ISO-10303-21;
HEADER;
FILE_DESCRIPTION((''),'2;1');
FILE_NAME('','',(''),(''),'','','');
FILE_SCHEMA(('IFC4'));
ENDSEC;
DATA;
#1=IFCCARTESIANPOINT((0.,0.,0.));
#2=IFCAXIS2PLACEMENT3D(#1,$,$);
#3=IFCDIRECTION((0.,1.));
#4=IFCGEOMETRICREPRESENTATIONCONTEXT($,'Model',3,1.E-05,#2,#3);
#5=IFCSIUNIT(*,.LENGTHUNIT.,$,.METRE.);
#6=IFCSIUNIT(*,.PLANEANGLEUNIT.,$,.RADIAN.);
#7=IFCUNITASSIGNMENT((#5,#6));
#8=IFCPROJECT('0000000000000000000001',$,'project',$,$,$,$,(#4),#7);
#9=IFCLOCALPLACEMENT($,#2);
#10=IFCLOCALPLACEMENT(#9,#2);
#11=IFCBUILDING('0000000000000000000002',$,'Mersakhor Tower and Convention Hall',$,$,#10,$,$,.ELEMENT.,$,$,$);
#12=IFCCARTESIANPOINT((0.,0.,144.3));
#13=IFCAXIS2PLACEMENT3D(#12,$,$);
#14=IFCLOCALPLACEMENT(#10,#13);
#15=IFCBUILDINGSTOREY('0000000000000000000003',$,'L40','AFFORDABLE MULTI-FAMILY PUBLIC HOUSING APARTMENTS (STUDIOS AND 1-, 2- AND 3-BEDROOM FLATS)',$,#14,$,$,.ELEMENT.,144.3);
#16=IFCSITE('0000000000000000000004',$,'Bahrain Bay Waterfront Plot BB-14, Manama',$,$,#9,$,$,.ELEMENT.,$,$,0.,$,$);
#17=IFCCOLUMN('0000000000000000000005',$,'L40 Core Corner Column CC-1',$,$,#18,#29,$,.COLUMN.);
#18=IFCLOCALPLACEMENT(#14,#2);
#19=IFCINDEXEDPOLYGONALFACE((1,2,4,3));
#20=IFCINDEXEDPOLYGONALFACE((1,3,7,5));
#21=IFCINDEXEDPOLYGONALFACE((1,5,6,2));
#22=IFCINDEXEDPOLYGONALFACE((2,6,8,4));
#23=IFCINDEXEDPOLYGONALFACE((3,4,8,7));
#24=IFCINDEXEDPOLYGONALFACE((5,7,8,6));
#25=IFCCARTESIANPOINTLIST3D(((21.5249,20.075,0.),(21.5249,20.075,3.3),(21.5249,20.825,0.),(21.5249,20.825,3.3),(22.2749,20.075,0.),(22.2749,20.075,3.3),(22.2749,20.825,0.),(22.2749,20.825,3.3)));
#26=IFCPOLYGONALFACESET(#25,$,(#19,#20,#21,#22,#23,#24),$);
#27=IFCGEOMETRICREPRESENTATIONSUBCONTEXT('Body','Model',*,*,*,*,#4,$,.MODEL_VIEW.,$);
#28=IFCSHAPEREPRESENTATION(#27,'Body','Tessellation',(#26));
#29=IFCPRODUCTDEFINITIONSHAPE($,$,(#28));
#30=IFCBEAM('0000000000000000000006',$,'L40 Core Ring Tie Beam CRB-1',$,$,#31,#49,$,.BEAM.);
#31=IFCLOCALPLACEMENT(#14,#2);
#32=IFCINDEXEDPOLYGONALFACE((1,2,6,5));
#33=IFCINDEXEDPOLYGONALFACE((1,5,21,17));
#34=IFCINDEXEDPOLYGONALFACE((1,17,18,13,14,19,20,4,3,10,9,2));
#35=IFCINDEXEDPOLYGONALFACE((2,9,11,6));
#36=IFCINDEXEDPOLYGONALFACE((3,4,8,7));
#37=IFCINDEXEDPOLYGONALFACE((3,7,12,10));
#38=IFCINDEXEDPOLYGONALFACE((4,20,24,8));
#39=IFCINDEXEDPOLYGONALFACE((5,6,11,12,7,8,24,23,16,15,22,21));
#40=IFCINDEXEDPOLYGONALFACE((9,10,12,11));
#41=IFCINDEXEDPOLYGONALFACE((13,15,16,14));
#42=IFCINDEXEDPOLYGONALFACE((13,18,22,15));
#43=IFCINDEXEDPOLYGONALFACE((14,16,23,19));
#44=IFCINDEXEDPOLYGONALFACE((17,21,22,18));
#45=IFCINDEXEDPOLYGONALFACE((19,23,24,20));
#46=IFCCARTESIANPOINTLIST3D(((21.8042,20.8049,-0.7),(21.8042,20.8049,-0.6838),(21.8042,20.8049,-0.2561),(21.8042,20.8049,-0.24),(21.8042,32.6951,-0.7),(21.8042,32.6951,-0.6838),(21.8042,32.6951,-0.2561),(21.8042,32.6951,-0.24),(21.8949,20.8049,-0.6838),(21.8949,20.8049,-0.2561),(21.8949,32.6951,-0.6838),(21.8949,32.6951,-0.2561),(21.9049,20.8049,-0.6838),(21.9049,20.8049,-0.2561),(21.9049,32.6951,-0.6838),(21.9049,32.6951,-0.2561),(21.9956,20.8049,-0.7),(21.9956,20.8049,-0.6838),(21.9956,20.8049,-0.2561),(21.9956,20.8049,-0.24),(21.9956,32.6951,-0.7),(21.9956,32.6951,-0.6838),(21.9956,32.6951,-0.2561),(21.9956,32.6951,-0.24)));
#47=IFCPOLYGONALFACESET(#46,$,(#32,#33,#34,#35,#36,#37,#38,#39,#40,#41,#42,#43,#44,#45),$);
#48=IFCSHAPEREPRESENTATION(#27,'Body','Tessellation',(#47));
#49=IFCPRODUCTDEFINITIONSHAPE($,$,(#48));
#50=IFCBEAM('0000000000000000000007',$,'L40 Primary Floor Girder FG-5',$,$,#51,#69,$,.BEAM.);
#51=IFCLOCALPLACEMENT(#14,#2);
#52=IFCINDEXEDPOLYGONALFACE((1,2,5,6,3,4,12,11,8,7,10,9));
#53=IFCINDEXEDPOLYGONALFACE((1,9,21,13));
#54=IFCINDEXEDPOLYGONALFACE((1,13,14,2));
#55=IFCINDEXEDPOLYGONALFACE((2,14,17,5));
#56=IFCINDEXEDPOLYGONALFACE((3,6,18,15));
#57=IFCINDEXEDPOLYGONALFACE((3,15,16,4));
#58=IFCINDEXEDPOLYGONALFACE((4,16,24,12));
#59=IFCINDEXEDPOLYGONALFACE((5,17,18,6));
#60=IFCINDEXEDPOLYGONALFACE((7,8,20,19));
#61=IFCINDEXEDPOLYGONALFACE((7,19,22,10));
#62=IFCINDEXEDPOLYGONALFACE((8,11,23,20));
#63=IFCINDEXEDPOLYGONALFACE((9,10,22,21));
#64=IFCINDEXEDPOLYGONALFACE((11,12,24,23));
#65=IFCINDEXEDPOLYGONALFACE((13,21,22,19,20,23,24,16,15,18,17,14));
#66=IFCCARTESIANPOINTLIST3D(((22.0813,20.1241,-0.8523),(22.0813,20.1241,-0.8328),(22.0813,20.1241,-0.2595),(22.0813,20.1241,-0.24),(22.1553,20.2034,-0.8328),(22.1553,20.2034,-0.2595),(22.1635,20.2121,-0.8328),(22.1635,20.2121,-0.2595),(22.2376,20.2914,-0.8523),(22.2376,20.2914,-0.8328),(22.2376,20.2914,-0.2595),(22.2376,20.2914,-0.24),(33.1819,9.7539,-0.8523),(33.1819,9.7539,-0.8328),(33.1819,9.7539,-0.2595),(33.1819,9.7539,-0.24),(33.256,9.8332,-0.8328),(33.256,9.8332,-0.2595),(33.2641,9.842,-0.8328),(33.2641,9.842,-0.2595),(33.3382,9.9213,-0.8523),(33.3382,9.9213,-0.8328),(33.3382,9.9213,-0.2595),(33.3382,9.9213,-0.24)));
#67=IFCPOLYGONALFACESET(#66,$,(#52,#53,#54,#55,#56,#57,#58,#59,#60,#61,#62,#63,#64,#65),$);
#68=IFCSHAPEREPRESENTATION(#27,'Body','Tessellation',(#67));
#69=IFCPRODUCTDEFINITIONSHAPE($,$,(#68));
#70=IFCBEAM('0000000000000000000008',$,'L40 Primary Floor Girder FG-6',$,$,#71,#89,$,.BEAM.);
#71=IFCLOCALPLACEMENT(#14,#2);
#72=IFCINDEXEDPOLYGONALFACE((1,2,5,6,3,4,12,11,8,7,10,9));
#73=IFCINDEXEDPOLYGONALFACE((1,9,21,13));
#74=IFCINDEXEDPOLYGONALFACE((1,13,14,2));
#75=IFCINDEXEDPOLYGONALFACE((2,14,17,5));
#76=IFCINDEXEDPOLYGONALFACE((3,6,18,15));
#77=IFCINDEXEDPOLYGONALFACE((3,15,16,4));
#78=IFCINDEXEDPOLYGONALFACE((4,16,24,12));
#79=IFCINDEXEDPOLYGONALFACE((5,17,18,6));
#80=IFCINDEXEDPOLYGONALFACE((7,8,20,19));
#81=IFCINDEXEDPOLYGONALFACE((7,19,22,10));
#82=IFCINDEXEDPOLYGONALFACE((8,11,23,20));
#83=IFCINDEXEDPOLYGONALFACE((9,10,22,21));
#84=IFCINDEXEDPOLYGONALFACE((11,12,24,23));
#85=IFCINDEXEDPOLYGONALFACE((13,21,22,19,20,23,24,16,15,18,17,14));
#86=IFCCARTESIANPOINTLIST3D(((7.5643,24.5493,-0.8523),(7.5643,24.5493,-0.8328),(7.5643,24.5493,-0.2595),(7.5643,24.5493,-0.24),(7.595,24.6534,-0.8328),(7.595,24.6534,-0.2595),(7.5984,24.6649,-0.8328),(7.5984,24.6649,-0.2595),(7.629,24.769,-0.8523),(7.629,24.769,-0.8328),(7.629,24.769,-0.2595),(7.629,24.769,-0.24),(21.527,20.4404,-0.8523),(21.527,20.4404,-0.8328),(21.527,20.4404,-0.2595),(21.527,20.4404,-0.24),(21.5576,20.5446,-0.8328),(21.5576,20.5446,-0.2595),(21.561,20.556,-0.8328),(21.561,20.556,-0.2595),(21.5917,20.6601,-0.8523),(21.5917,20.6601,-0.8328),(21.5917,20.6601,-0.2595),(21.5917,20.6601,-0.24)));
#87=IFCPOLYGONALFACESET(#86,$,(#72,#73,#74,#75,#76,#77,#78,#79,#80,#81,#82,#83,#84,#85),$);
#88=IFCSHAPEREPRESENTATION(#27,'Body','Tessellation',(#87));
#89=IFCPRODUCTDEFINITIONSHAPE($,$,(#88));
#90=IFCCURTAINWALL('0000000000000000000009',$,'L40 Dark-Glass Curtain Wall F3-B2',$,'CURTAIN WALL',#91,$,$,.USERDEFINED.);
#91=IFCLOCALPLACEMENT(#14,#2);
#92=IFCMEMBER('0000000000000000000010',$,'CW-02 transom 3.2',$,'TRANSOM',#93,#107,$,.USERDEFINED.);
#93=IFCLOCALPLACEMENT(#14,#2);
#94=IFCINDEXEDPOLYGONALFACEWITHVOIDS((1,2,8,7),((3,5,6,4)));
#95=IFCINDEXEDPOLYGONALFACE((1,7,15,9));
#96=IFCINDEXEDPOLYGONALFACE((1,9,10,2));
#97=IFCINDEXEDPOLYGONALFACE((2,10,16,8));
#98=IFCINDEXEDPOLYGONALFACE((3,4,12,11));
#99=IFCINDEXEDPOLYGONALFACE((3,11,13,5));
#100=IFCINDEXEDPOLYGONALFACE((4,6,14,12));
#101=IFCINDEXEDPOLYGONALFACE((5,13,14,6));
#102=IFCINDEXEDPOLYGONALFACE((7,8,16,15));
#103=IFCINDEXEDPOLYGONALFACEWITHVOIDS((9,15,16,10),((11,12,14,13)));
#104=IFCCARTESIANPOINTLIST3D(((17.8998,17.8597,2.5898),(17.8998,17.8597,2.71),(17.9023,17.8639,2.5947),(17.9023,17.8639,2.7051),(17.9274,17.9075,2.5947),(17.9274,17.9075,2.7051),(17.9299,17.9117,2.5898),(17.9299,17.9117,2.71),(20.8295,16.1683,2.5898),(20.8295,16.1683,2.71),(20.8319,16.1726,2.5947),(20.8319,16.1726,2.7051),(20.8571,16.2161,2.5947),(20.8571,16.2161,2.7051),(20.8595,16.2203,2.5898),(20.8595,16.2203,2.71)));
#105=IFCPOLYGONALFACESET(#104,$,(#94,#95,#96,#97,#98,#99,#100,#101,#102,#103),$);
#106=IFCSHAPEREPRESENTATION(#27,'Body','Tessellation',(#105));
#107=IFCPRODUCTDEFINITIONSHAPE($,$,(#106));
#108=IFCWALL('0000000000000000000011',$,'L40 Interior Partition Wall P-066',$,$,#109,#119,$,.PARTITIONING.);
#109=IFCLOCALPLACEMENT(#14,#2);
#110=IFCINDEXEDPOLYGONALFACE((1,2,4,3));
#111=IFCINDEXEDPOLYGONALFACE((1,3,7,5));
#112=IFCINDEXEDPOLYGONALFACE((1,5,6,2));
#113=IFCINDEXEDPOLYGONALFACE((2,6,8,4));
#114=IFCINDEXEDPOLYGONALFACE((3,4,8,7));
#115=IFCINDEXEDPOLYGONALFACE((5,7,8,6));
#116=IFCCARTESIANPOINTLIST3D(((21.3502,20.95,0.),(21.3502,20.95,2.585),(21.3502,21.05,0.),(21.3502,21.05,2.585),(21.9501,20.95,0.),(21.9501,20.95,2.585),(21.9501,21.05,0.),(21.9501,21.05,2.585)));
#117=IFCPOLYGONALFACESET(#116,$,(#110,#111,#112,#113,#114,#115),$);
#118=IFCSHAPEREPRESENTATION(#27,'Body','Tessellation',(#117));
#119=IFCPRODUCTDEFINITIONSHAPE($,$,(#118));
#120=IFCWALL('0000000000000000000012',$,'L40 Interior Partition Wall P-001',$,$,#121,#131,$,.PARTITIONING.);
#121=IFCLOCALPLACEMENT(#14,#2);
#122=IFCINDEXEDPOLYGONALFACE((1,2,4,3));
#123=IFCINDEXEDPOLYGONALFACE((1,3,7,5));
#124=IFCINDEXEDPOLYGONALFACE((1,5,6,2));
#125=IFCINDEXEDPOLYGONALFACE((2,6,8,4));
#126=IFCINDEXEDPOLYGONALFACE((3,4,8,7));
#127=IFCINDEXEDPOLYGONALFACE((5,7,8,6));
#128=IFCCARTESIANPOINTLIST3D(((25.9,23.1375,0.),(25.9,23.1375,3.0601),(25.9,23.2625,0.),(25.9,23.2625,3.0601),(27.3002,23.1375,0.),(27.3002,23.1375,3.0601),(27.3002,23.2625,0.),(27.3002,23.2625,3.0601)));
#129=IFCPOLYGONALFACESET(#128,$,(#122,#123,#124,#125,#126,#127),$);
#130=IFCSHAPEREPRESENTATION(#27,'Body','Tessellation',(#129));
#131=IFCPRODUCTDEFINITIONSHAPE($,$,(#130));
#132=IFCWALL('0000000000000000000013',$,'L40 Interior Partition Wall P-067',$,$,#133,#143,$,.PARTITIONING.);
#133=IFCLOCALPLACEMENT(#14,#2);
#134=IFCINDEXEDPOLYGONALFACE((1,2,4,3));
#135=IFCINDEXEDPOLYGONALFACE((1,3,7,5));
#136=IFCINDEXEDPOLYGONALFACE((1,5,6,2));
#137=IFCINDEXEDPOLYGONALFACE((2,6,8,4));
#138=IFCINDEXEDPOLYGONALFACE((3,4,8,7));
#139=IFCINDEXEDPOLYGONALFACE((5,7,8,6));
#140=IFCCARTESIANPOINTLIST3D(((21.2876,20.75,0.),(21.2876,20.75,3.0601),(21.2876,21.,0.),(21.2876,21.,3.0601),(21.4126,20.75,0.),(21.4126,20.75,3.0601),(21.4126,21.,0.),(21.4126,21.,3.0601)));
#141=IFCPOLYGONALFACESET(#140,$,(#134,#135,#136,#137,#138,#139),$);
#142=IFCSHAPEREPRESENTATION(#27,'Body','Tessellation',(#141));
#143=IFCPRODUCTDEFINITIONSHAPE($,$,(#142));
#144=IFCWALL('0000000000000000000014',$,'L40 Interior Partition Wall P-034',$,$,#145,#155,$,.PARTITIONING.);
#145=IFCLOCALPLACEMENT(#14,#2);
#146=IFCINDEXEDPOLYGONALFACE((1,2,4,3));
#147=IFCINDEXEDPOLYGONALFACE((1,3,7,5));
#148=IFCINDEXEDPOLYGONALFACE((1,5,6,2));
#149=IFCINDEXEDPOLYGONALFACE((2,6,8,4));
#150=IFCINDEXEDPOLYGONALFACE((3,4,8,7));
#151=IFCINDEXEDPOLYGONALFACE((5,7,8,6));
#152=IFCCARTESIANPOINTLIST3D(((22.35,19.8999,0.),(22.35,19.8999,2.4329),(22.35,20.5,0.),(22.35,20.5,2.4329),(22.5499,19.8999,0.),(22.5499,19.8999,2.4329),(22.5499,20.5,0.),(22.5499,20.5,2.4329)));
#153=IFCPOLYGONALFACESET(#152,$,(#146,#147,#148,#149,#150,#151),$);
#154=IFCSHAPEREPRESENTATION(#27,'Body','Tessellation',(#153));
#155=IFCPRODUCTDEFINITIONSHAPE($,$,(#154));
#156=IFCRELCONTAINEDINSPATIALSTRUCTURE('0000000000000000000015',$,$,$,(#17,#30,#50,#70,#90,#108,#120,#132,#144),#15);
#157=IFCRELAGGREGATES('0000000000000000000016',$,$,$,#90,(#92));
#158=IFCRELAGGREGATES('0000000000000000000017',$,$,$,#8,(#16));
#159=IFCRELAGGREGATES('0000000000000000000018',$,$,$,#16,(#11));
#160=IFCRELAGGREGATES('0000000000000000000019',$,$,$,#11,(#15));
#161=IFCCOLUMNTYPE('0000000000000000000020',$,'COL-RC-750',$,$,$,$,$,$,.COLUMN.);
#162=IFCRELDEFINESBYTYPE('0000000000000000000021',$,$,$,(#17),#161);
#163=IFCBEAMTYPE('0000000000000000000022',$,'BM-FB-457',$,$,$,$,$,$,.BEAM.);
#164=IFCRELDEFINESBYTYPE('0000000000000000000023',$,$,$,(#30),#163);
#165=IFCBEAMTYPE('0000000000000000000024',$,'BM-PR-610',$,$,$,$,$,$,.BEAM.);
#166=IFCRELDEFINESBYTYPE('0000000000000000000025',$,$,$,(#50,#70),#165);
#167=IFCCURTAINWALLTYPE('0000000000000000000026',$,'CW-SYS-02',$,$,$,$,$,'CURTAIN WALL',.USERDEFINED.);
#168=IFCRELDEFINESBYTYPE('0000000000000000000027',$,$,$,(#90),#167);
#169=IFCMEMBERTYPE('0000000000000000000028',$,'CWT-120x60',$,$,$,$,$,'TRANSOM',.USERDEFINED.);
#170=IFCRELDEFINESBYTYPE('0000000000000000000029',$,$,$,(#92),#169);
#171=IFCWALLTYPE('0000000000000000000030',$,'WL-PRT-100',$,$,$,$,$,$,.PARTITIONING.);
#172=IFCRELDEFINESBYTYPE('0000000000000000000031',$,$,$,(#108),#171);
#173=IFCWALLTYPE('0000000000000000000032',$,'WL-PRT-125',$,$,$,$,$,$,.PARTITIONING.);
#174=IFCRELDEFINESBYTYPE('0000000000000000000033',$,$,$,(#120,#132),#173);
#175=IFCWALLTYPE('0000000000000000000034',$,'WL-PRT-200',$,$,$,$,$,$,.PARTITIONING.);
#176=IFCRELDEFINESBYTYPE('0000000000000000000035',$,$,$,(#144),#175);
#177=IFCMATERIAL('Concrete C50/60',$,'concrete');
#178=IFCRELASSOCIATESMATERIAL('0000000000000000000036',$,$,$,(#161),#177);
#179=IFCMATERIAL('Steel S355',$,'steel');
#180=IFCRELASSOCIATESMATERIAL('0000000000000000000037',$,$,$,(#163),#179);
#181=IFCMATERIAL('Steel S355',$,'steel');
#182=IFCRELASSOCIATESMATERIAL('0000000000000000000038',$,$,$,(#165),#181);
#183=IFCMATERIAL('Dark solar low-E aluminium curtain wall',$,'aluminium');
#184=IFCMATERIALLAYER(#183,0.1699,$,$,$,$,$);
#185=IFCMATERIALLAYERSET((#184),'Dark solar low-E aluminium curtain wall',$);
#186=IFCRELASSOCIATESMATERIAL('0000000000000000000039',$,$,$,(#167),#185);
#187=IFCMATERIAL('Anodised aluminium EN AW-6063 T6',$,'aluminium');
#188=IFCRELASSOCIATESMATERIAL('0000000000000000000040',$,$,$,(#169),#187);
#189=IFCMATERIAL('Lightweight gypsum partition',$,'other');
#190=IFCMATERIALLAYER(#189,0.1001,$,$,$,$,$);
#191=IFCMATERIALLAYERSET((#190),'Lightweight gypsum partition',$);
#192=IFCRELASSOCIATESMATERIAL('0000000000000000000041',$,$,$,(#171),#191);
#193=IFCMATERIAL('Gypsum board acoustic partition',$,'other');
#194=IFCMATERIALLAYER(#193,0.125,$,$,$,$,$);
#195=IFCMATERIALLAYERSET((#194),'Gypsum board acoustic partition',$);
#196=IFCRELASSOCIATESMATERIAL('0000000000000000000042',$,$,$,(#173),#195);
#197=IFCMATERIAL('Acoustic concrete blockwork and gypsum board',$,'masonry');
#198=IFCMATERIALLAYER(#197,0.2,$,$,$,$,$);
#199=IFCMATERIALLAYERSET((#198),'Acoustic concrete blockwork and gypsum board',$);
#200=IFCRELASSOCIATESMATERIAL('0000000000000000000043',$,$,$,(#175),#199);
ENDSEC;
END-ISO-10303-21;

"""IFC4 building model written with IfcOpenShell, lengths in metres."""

from ifc_helpers import new_model, si_unit, direction, frame, frame_2d, origin, origin_2d, place, context, subcontext, project, spatial, rectangle, hollow_rectangle, i_section, extrude, material, layer, layer_set, material_profile, profile_set, type_object, element, aggregate, save


model = new_model("IFC4")

# Units and contexts
model_context = context("Model", 3, precision=1e-05, world=origin(), true_north=direction((0.0, 1.0)))
body_context = subcontext(model_context, "Body", "Model", "MODEL_VIEW")
ifc_project = project(units=[si_unit("LENGTHUNIT", "METRE"), si_unit("PLANEANGLEUNIT", "RADIAN")], contexts=[model_context])

# Site, building, storey
site_placement = place(None, origin())
site = spatial("IfcSite", under=ifc_project, at=site_placement, Name="Bahrain Bay Waterfront Plot BB-14, Manama", CompositionType="ELEMENT", RefElevation=0.0)
building_placement = place(site_placement, origin())
building = spatial("IfcBuilding", under=site, at=building_placement, Name="Mersakhor Tower and Convention Hall", CompositionType="ELEMENT")
storey_placement = place(building_placement, frame((0.0, 0.0, 144.3)))
storey = spatial("IfcBuildingStorey", under=building, at=storey_placement, Name="L40", Description="AFFORDABLE MULTI-FAMILY PUBLIC HOUSING APARTMENTS (STUDIOS AND 1-, 2- AND 3-BEDROOM FLATS)", CompositionType="ELEMENT", Elevation=144.3)

# Column
ifc_material_1 = material(Name="Concrete C50/60", Category="concrete")
ifc_material_profile_1 = material_profile(ifc_material_1, rectangle(XDim=0.75, YDim=0.75, at=origin_2d()), Name="RC 750x750")
ifc_profile_set_1 = profile_set([ifc_material_profile_1], Name="Concrete C50/60")
column_type = type_object("IfcColumnType", Name="COL-RC-750", PredefinedType="COLUMN", material=ifc_profile_set_1)
column_placement = place(storey_placement, frame((21.8999, 20.45, 0.0), z_axis=(0.0, 0.0, 1.0), x_axis=(1.0, 0.0, 0.0)))
element("IfcColumn", 1, at=column_placement, inside=storey, type_object=column_type, Name="L40 Core Corner Column CC-1", PredefinedType="COLUMN", context=body_context, shape_type="SweptSolid", body=[
    extrude(rectangle(XDim=0.75, YDim=0.75, at=origin_2d()), origin(), (0.0, 0.0, 1.0), 3.3),
])

# Beams
ifc_material_2 = material(Name="Steel S355", Category="steel")
ifc_material_profile_2 = material_profile(ifc_material_2, i_section(OverallWidth=0.1914, OverallDepth=0.46, WebThickness=0.01, FlangeThickness=0.0161, at=origin_2d()), Name="UB 457x191x82")
ifc_profile_set_2 = profile_set([ifc_material_profile_2], Name="Steel S355")
beam_type_1 = type_object("IfcBeamType", Name="BM-FB-457", PredefinedType="BEAM", material=ifc_profile_set_2)
beam_1_placement = place(storey_placement, frame((21.8999, 20.8049, -0.47), z_axis=(0.0, 1.0, 0.0), x_axis=(-1.0, 0.0, 0.0)))
element("IfcBeam", 2, at=beam_1_placement, inside=storey, type_object=beam_type_1, Name="L40 Core Ring Tie Beam CRB-1", PredefinedType="BEAM", context=body_context, shape_type="SweptSolid", body=[
    extrude(i_section(OverallWidth=0.1914, OverallDepth=0.46, WebThickness=0.01, FlangeThickness=0.0161, at=origin_2d()), origin(), (0.0, 0.0, 1.0), 11.8901),
])
ifc_material_3 = material(Name="Steel S355", Category="steel")
ifc_material_profile_3 = material_profile(ifc_material_3, i_section(OverallWidth=0.229, OverallDepth=0.6123, WebThickness=0.012, FlangeThickness=0.0195, at=origin_2d()), Name="UB 610x229x125")
ifc_profile_set_3 = profile_set([ifc_material_profile_3], Name="Steel S355")
beam_type_2 = type_object("IfcBeamType", Name="BM-PR-610", PredefinedType="BEAM", material=ifc_profile_set_3)
beam_2_placement = place(storey_placement, frame((22.1594, 20.2078, -0.5461), z_axis=(0.730741, -0.682655, 0.0), x_axis=(0.682655, 0.730741, 0.0)))
element("IfcBeam", 3, at=beam_2_placement, inside=storey, type_object=beam_type_2, Name="L40 Primary Floor Girder FG-5", PredefinedType="BEAM", context=body_context, shape_type="SweptSolid", body=[
    extrude(i_section(OverallWidth=0.229, OverallDepth=0.6123, WebThickness=0.012, FlangeThickness=0.0195, at=origin_2d()), origin(), (0.0, 0.0, 1.0), 15.1909),
])
beam_3_placement = place(storey_placement, frame((21.5593, 20.5503, -0.5461), z_axis=(-0.959324, 0.282307, 0.0), x_axis=(-0.282307, -0.959324, 0.0)))
element("IfcBeam", 4, at=beam_3_placement, inside=storey, type_object=beam_type_2, Name="L40 Primary Floor Girder FG-6", PredefinedType="BEAM", context=body_context, shape_type="SweptSolid", body=[
    extrude(i_section(OverallWidth=0.229, OverallDepth=0.6123, WebThickness=0.012, FlangeThickness=0.0195, at=origin_2d()), origin(), (0.0, 0.0, 1.0), 14.5547),
])

# Curtain wall, member
ifc_material_4 = material(Name="Dark solar low-E aluminium curtain wall", Category="aluminium")
ifc_layer_1 = layer(ifc_material_4, 0.1699)
ifc_layer_set_1 = layer_set([ifc_layer_1], Name="Dark solar low-E aluminium curtain wall")
curtain_wall_type = type_object("IfcCurtainWallType", Name="CW-SYS-02", ElementType="CURTAIN WALL", PredefinedType="USERDEFINED", material=ifc_layer_set_1)
curtain_wall_placement = place(storey_placement, origin())
curtain_wall = element("IfcCurtainWall", 5, at=curtain_wall_placement, inside=storey, type_object=curtain_wall_type, Name="L40 Dark-Glass Curtain Wall F3-B2", ObjectType="CURTAIN WALL", PredefinedType="USERDEFINED")
ifc_material_5 = material(Name="Anodised aluminium EN AW-6063 T6", Category="aluminium")
ifc_material_profile_4 = material_profile(ifc_material_5, hollow_rectangle(XDim=0.0601, YDim=0.1201, WallThickness=0.0049, at=origin_2d()), Name="RHS 120x60x5")
ifc_profile_set_4 = profile_set([ifc_material_profile_4], Name="Anodised aluminium EN AW-6063 T6")
member_type = type_object("IfcMemberType", Name="CWT-120x60", ElementType="TRANSOM", PredefinedType="USERDEFINED", material=ifc_profile_set_4)
member_placement = place(storey_placement, frame((20.8445, 16.1943, 2.6499), z_axis=(-0.866032, 0.499989, 0.0), x_axis=(-0.499989, -0.866032, 0.0)))
member = element("IfcMember", 6, at=member_placement, type_object=member_type, Name="CW-02 transom 3.2", ObjectType="TRANSOM", PredefinedType="USERDEFINED", context=body_context, shape_type="SweptSolid", body=[
    extrude(hollow_rectangle(XDim=0.0601, YDim=0.1201, WallThickness=0.0049, at=origin_2d()), origin(), (0.0, 0.0, 1.0), 3.3828),
])
aggregate(curtain_wall, [member])

# Walls
ifc_material_6 = material(Name="Lightweight gypsum partition", Category="other")
ifc_layer_2 = layer(ifc_material_6, 0.1001)
ifc_layer_set_2 = layer_set([ifc_layer_2], Name="Lightweight gypsum partition")
wall_type_1 = type_object("IfcWallType", Name="WL-PRT-100", PredefinedType="PARTITIONING", material=ifc_layer_set_2)
wall_1_placement = place(storey_placement, frame((21.95, 21.0, 0.0), z_axis=(0.0, 0.0, 1.0), x_axis=(-1.0, 0.0, 0.0)))
element("IfcWall", 7, at=wall_1_placement, inside=storey, type_object=wall_type_1, Name="L40 Interior Partition Wall P-066", PredefinedType="PARTITIONING", context=body_context, shape_type="SweptSolid", body=[
    extrude(rectangle(XDim=0.5999, YDim=0.1001, at=frame_2d((0.2998, 0.0))), origin(), (0.0, 0.0, 1.0), 2.585),
])
ifc_material_7 = material(Name="Gypsum board acoustic partition", Category="other")
ifc_layer_3 = layer(ifc_material_7, 0.125)
ifc_layer_set_3 = layer_set([ifc_layer_3], Name="Gypsum board acoustic partition")
wall_type_2 = type_object("IfcWallType", Name="WL-PRT-125", PredefinedType="PARTITIONING", material=ifc_layer_set_3)
wall_2_placement = place(storey_placement, frame((25.8999, 23.2, 0.0), z_axis=(0.0, 0.0, 1.0), x_axis=(1.0, 0.0, 0.0)))
element("IfcWall", 8, at=wall_2_placement, inside=storey, type_object=wall_type_2, Name="L40 Interior Partition Wall P-001", PredefinedType="PARTITIONING", context=body_context, shape_type="SweptSolid", body=[
    extrude(rectangle(XDim=1.4001, YDim=0.125, at=frame_2d((0.7002, 0.0))), origin(), (0.0, 0.0, 1.0), 3.0601),
])
wall_3_placement = place(storey_placement, frame((21.3501, 21.0, 0.0), z_axis=(0.0, 0.0, 1.0), x_axis=(0.0, -1.0, 0.0)))
element("IfcWall", 9, at=wall_3_placement, inside=storey, type_object=wall_type_2, Name="L40 Interior Partition Wall P-067", PredefinedType="PARTITIONING", context=body_context, shape_type="SweptSolid", body=[
    extrude(rectangle(XDim=0.25, YDim=0.125, at=frame_2d((0.125, 0.0))), origin(), (0.0, 0.0, 1.0), 3.0601),
])
ifc_material_8 = material(Name="Acoustic concrete blockwork and gypsum board", Category="masonry")
ifc_layer_4 = layer(ifc_material_8, 0.2)
ifc_layer_set_4 = layer_set([ifc_layer_4], Name="Acoustic concrete blockwork and gypsum board")
wall_type_3 = type_object("IfcWallType", Name="WL-PRT-200", PredefinedType="PARTITIONING", material=ifc_layer_set_4)
wall_4_placement = place(storey_placement, frame((22.45, 19.8999, 0.0), z_axis=(0.0, 0.0, 1.0), x_axis=(0.0, 1.0, 0.0)))
element("IfcWall", 10, at=wall_4_placement, inside=storey, type_object=wall_type_3, Name="L40 Interior Partition Wall P-034", PredefinedType="PARTITIONING", context=body_context, shape_type="SweptSolid", body=[
    extrude(rectangle(XDim=0.6001, YDim=0.2, at=frame_2d((0.3, 0.0))), origin(), (0.0, 0.0, 1.0), 2.4329),
])

save(model, "model.ifc")
